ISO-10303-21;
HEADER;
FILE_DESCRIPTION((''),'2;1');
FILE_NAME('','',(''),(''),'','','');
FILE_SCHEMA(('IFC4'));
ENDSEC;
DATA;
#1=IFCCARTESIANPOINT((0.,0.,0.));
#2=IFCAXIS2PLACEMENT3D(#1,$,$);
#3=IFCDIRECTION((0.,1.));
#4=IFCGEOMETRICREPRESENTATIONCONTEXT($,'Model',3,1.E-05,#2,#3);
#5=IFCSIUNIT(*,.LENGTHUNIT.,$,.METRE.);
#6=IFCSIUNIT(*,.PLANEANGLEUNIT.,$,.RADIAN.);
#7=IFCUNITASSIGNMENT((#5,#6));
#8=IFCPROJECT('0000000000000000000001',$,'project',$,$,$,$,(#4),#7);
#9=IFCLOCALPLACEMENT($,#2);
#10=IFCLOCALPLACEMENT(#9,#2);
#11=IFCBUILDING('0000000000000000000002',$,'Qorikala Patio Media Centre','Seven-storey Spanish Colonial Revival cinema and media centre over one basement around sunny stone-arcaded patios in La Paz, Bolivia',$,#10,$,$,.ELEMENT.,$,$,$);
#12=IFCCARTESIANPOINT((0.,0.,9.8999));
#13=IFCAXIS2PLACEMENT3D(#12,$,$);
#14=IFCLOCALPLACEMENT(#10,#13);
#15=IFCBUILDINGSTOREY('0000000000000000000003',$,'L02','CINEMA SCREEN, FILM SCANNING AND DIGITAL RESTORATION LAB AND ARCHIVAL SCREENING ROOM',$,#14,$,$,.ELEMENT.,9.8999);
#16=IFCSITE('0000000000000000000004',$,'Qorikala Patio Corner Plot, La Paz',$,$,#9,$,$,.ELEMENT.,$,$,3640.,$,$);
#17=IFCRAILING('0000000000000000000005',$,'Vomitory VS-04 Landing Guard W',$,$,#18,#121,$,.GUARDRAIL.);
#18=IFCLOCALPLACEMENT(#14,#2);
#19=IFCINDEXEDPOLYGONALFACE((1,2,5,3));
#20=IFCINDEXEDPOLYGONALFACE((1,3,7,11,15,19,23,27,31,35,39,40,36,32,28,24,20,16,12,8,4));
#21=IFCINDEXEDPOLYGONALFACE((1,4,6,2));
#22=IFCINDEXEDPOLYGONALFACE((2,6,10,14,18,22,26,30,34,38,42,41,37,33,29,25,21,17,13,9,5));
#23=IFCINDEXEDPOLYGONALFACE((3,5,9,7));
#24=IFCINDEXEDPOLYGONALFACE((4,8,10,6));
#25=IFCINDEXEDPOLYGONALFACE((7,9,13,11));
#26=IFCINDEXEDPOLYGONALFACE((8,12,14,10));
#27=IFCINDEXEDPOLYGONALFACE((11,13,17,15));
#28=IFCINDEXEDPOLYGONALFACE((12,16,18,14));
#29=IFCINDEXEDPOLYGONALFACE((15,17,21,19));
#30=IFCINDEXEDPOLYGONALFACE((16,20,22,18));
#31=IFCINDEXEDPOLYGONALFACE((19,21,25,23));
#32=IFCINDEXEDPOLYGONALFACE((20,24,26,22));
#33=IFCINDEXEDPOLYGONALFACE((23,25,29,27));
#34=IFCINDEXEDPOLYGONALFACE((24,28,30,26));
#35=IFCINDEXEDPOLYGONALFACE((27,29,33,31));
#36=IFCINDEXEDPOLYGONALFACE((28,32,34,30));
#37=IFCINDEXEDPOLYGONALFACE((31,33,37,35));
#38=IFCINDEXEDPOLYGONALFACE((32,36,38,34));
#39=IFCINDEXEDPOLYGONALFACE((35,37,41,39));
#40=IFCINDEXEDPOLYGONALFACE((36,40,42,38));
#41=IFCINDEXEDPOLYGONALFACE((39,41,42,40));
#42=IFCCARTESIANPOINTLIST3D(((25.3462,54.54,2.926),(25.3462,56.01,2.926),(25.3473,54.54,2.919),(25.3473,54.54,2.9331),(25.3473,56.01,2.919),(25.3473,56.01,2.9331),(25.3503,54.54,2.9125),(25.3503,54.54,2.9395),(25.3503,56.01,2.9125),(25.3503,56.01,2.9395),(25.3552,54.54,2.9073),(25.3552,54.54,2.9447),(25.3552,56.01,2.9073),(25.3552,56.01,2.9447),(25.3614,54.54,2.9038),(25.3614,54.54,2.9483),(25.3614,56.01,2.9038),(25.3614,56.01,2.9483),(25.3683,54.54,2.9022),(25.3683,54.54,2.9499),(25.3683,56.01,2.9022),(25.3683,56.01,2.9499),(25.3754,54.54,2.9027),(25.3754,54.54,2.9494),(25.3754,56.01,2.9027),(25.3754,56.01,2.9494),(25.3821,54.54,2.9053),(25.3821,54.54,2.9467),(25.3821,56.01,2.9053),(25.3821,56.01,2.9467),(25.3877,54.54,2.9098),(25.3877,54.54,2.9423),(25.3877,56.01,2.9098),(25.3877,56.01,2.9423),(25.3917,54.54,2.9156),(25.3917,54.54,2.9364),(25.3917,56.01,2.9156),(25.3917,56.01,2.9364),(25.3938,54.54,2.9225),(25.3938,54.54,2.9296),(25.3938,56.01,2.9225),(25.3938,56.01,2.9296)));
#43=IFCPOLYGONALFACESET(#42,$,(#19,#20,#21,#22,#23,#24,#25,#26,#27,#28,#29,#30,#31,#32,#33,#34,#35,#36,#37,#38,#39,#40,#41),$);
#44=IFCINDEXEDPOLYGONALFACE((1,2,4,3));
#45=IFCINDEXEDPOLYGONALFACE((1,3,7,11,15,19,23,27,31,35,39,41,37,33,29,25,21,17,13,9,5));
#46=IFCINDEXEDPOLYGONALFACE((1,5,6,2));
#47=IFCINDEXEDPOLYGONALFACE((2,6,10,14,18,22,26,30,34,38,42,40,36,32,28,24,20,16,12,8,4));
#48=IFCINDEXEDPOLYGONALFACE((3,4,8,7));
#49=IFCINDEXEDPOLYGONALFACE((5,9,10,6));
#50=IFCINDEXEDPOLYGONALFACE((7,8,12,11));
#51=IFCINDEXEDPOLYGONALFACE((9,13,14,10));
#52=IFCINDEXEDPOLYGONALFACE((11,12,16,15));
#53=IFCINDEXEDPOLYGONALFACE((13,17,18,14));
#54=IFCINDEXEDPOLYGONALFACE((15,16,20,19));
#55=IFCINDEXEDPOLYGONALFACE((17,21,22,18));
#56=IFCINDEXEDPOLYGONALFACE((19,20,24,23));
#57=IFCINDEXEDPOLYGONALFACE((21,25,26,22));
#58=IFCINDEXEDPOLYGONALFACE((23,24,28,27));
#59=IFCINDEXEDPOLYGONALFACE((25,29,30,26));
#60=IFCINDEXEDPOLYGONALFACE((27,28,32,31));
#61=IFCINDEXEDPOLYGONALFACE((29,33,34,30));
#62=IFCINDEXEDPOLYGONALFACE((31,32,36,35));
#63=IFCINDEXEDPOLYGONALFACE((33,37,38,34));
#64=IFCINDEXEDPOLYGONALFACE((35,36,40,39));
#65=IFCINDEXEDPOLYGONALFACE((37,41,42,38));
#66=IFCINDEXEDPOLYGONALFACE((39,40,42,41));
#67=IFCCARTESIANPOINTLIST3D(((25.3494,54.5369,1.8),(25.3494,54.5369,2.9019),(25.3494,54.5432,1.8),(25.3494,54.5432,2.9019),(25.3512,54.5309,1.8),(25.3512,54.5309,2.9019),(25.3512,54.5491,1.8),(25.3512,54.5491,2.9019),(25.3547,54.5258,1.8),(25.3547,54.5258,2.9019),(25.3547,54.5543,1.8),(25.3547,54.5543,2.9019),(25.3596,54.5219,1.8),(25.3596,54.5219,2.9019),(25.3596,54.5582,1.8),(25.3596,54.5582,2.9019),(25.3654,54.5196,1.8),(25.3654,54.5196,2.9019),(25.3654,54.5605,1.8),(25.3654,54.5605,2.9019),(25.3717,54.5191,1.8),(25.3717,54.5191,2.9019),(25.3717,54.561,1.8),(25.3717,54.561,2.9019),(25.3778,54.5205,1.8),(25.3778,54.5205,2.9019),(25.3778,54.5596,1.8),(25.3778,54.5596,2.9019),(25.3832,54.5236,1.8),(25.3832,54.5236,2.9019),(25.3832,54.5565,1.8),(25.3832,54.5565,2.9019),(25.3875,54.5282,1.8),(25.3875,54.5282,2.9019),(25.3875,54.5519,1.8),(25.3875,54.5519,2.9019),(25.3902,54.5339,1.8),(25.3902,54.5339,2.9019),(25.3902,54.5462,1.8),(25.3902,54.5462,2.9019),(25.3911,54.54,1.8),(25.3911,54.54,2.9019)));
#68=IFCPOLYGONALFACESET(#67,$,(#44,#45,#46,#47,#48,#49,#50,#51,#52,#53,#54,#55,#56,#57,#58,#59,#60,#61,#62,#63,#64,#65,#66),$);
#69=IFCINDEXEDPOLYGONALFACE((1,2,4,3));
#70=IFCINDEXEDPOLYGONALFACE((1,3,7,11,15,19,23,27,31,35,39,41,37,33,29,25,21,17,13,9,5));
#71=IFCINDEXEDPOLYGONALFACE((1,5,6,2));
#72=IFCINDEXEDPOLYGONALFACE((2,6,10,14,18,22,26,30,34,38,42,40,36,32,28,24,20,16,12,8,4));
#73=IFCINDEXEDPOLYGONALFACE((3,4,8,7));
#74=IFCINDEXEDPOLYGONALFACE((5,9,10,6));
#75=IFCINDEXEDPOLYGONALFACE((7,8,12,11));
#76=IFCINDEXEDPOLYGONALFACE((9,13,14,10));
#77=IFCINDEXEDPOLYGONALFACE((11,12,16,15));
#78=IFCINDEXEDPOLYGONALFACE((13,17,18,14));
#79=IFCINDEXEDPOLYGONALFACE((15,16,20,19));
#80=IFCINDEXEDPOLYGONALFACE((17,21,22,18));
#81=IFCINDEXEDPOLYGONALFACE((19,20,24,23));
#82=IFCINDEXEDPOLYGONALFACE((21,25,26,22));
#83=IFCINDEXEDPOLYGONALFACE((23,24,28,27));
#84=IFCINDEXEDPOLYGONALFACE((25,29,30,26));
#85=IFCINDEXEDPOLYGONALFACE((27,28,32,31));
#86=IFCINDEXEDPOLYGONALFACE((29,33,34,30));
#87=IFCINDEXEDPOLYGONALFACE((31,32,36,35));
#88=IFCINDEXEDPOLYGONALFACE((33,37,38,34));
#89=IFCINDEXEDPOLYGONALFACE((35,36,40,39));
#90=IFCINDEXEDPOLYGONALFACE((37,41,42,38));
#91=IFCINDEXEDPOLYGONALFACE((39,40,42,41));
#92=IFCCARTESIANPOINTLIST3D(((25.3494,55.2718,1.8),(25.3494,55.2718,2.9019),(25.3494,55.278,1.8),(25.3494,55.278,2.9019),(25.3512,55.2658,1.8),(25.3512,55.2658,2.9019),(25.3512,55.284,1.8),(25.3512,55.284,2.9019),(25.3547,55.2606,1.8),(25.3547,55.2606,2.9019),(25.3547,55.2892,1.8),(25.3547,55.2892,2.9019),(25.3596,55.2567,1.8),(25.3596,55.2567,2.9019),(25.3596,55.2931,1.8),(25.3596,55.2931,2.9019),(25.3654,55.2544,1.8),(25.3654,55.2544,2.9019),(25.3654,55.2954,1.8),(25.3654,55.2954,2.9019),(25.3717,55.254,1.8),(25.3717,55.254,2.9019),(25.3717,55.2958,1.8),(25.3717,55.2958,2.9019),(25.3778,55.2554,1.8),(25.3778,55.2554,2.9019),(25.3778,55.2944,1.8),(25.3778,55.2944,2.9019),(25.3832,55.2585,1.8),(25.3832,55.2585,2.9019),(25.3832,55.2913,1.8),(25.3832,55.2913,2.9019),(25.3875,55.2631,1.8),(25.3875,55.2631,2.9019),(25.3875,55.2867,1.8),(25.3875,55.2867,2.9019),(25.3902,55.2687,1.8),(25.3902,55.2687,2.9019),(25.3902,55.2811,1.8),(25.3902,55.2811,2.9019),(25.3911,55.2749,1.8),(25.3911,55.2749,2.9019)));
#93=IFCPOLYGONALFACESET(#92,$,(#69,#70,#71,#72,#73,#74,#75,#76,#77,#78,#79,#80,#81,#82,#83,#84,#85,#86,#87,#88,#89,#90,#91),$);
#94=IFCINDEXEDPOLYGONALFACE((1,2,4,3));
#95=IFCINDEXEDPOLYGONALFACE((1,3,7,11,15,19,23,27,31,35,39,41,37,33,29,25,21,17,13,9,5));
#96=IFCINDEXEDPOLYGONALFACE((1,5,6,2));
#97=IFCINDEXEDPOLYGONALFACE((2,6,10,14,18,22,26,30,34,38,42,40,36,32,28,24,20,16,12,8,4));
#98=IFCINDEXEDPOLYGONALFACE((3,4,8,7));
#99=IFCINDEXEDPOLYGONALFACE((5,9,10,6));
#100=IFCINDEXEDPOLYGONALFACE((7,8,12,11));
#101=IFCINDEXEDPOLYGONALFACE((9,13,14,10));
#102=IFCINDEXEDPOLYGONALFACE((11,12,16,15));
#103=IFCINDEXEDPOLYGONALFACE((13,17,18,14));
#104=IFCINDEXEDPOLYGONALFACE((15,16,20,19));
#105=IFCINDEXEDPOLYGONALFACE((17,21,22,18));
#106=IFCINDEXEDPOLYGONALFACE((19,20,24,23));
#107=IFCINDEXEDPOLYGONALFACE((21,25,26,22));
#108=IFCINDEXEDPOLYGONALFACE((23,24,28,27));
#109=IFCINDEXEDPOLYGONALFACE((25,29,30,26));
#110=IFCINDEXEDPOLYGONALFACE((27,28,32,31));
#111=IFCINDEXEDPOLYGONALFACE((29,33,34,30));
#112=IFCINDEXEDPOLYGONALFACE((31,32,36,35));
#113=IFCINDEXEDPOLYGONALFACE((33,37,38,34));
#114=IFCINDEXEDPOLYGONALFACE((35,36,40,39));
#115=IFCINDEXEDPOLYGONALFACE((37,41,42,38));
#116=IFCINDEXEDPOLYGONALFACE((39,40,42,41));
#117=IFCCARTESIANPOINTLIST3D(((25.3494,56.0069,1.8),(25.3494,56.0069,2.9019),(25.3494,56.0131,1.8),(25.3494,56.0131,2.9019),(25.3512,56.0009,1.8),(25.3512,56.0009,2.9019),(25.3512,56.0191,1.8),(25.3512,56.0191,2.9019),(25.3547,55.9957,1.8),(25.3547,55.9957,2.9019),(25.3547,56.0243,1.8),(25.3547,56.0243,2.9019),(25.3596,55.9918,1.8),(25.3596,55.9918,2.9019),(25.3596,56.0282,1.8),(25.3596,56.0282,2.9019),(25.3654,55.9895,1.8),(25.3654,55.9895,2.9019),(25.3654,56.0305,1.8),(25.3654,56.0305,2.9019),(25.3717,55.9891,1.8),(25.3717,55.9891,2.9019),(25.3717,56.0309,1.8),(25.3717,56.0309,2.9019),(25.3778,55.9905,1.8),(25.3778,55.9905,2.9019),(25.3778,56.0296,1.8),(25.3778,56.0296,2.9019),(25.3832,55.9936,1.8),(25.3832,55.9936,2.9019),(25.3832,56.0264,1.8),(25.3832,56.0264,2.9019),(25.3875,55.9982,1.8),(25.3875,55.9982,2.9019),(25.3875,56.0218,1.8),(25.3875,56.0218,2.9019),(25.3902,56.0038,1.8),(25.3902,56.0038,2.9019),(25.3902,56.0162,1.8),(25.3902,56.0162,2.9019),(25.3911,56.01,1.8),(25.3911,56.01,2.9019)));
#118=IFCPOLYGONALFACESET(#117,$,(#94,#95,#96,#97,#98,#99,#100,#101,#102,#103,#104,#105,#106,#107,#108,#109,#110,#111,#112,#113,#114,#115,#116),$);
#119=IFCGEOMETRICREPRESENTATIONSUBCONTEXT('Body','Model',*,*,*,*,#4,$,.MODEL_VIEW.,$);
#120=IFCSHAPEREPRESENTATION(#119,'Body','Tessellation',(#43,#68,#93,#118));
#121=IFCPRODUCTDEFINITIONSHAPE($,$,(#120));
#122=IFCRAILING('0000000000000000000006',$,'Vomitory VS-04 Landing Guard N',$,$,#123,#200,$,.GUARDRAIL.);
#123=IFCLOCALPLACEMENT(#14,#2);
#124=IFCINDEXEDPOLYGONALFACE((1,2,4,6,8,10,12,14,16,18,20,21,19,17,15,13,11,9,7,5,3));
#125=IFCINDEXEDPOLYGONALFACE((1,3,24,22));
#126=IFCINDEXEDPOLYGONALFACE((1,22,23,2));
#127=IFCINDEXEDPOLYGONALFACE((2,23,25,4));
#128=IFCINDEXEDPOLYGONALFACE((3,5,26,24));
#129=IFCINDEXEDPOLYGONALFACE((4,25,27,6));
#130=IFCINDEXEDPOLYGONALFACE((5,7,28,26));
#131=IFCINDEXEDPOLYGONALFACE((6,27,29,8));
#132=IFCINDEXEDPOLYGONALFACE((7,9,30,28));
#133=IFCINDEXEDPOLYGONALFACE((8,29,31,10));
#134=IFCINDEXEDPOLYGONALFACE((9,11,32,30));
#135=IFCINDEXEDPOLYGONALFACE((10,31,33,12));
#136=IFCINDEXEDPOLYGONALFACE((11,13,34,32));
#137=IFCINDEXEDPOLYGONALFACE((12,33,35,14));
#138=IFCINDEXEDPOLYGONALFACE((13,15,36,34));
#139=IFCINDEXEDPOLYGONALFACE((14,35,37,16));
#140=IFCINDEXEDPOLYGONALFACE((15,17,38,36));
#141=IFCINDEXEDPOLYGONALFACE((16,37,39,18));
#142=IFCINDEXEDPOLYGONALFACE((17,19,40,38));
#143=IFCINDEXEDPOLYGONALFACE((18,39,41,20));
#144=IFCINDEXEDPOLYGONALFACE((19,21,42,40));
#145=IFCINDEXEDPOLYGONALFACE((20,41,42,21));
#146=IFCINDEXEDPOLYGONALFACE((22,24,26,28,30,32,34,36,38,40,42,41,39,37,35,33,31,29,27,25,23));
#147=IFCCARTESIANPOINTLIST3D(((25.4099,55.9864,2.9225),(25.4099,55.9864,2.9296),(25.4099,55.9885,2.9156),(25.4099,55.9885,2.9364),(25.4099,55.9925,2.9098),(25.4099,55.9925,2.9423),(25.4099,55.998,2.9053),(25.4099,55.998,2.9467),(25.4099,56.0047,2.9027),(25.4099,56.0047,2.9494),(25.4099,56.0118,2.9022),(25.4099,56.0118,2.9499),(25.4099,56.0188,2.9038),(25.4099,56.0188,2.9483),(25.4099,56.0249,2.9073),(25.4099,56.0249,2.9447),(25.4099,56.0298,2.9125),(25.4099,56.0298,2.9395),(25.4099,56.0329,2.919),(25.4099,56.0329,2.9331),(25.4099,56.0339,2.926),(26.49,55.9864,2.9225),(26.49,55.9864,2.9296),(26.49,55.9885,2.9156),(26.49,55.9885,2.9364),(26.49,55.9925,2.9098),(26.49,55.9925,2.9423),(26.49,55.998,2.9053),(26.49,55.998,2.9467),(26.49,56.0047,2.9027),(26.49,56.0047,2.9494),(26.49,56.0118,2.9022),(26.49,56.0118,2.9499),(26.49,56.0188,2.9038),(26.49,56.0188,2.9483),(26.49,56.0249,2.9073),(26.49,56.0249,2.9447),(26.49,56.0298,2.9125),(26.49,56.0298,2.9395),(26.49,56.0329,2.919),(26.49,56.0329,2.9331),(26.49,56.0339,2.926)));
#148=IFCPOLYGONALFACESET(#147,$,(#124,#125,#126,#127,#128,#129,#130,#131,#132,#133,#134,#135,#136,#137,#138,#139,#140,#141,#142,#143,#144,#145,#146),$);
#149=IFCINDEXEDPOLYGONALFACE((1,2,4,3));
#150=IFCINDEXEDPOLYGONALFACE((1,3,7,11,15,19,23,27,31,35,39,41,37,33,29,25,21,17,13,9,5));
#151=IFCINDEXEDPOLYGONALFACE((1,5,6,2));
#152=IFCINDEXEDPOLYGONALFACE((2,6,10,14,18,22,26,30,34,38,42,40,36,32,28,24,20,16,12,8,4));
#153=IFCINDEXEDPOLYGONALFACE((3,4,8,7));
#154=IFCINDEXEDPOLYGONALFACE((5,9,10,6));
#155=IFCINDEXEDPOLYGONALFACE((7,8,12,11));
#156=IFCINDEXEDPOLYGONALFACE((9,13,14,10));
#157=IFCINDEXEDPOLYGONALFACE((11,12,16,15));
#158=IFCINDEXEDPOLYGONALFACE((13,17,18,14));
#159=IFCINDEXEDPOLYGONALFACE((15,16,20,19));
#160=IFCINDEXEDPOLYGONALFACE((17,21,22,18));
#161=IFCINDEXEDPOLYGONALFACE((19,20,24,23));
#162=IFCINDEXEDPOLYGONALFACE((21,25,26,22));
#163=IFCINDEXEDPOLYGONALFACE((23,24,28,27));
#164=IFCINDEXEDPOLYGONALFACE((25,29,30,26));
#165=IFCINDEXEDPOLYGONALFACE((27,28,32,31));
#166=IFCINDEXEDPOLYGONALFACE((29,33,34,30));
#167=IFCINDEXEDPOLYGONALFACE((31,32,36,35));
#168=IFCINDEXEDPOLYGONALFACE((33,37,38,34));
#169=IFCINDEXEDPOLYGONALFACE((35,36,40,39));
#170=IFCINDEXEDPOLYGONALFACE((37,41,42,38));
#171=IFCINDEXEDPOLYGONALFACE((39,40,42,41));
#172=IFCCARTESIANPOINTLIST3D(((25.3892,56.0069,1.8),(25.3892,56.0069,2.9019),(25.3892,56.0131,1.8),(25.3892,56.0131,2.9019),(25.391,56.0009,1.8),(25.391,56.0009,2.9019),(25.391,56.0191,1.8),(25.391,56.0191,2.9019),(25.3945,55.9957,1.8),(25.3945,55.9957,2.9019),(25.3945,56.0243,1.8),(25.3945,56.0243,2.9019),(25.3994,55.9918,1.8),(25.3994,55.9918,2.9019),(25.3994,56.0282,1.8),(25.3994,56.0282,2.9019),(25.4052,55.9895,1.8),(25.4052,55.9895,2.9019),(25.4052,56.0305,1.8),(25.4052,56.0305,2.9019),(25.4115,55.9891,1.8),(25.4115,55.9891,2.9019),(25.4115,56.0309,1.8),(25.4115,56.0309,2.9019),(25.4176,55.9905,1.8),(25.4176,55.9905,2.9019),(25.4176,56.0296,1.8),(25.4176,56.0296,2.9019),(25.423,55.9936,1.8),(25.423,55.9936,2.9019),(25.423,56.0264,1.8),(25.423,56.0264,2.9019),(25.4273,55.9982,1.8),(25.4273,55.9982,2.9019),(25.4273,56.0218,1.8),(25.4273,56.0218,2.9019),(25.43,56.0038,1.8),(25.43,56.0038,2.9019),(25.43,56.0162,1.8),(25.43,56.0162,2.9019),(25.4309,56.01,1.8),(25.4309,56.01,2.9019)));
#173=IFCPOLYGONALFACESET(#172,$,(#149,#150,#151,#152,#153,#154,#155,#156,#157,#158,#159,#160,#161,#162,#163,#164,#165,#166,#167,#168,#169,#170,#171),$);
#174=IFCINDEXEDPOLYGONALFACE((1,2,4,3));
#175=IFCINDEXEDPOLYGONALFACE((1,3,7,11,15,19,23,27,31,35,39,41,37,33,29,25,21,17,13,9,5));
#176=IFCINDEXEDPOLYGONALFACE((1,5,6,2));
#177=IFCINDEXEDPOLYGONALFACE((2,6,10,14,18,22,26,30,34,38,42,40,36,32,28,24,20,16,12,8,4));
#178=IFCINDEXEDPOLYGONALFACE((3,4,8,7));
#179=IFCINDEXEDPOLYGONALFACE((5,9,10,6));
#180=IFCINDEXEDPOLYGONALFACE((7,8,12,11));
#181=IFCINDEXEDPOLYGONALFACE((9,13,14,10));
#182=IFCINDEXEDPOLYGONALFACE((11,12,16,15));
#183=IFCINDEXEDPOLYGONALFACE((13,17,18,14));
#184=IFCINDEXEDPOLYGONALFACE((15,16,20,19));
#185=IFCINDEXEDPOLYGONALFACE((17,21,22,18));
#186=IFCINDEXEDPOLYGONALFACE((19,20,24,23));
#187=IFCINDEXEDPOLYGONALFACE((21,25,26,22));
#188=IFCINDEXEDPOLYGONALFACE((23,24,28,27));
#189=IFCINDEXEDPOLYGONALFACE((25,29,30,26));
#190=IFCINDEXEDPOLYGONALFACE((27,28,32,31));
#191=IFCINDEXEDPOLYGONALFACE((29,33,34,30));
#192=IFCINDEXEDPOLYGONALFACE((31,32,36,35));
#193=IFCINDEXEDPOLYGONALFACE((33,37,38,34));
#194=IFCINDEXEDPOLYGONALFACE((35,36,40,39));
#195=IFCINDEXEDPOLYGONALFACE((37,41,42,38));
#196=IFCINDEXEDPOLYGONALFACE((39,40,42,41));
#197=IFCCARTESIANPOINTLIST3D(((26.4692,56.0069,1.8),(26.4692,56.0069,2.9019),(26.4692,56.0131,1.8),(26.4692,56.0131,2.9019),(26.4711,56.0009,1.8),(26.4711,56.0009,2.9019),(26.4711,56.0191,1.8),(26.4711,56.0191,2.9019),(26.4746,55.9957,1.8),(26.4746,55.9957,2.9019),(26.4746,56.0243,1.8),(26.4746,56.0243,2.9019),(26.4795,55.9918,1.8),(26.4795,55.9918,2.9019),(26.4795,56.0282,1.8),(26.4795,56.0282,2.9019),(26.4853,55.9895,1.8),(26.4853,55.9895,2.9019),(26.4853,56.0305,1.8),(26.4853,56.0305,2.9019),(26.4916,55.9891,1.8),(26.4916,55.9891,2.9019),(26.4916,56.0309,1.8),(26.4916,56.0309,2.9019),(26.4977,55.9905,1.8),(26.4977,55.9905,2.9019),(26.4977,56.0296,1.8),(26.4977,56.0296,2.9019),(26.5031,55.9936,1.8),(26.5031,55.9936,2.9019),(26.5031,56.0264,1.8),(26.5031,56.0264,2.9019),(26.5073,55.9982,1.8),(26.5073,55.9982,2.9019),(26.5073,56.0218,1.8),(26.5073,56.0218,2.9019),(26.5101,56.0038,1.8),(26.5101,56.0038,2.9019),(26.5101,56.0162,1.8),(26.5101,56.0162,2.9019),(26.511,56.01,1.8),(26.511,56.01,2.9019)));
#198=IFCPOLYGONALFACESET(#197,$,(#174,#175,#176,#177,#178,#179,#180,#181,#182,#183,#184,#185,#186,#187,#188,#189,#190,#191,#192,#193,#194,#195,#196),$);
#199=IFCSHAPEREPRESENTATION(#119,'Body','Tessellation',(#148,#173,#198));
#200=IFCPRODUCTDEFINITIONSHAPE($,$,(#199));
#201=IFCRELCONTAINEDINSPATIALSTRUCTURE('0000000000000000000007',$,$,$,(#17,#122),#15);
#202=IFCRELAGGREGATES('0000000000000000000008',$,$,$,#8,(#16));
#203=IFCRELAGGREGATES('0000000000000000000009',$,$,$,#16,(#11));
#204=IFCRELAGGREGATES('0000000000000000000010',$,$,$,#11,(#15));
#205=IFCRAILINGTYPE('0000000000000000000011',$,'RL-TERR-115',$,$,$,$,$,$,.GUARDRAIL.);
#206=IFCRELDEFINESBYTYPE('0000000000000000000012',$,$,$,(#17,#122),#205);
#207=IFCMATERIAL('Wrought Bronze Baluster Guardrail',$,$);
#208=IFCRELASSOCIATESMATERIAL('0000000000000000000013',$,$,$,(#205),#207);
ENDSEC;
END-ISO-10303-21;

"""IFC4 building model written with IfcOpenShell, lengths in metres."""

from ifc_helpers import new_model, si_unit, direction, frame, origin, origin_2d, place, context, subcontext, project, spatial, circle, extrude, material, type_object, element, save


model = new_model("IFC4")

# Units and contexts
model_context = context("Model", 3, precision=1e-05, world=origin(), true_north=direction((0.0, 1.0)))
body_context = subcontext(model_context, "Body", "Model", "MODEL_VIEW")
ifc_project = project(units=[si_unit("LENGTHUNIT", "METRE"), si_unit("PLANEANGLEUNIT", "RADIAN")], contexts=[model_context])

# Site, building, storey
site_placement = place(None, origin())
site = spatial("IfcSite", under=ifc_project, at=site_placement, Name="Qorikala Patio Corner Plot, La Paz", CompositionType="ELEMENT", RefElevation=3640.0)
building_placement = place(site_placement, origin())
building = spatial("IfcBuilding", under=site, at=building_placement, Name="Qorikala Patio Media Centre", Description="Seven-storey Spanish Colonial Revival cinema and media centre over one basement around sunny stone-arcaded patios in La Paz, Bolivia", CompositionType="ELEMENT")
storey_placement = place(building_placement, frame((0.0, 0.0, 9.8999)))
storey = spatial("IfcBuildingStorey", under=building, at=storey_placement, Name="L02", Description="CINEMA SCREEN, FILM SCANNING AND DIGITAL RESTORATION LAB AND ARCHIVAL SCREENING ROOM", CompositionType="ELEMENT", Elevation=9.8999)

# Railings
ifc_material_1 = material(Name="Wrought Bronze Baluster Guardrail")
railing_type = type_object("IfcRailingType", Name="RL-TERR-115", PredefinedType="GUARDRAIL", material=ifc_material_1)
railing_1_placement = place(storey_placement, frame((25.3701, 54.54, 1.8)))
element("IfcRailing", 1, at=railing_1_placement, inside=storey, type_object=railing_type, Name="Vomitory VS-04 Landing Guard W", PredefinedType="GUARDRAIL", context=body_context, shape_type="SweptSolid", body=[
    extrude(circle(Radius=0.0239, at=origin_2d()), frame((0.0, 0.0, 1.126), z_axis=(0.0, 1.0, 0.0), x_axis=(-1.0, 0.0, 0.0)), (0.0, 0.0, 1.0), 1.47),
    extrude(circle(Radius=0.021, at=origin_2d()), origin(), (0.0, 0.0, 1.0), 1.1018),
    extrude(circle(Radius=0.021, at=origin_2d()), frame((0.0, 0.7349, 0.0)), (0.0, 0.0, 1.0), 1.1018),
    extrude(circle(Radius=0.021, at=origin_2d()), frame((0.0, 1.47, 0.0)), (0.0, 0.0, 1.0), 1.1018),
])
railing_2_placement = place(storey_placement, frame((25.4099, 56.01, 1.8)))
element("IfcRailing", 2, at=railing_2_placement, inside=storey, type_object=railing_type, Name="Vomitory VS-04 Landing Guard N", PredefinedType="GUARDRAIL", context=body_context, shape_type="SweptSolid", body=[
    extrude(circle(Radius=0.0239, at=origin_2d()), frame((0.0, 0.0, 1.126), z_axis=(1.0, 0.0, 0.0), x_axis=(0.0, 1.0, 0.0)), (0.0, 0.0, 1.0), 1.0801),
    extrude(circle(Radius=0.021, at=origin_2d()), origin(), (0.0, 0.0, 1.0), 1.1018),
    extrude(circle(Radius=0.021, at=origin_2d()), frame((1.0801, 0.0, 0.0)), (0.0, 0.0, 1.0), 1.1018),
])

save(model, "model.ifc")
